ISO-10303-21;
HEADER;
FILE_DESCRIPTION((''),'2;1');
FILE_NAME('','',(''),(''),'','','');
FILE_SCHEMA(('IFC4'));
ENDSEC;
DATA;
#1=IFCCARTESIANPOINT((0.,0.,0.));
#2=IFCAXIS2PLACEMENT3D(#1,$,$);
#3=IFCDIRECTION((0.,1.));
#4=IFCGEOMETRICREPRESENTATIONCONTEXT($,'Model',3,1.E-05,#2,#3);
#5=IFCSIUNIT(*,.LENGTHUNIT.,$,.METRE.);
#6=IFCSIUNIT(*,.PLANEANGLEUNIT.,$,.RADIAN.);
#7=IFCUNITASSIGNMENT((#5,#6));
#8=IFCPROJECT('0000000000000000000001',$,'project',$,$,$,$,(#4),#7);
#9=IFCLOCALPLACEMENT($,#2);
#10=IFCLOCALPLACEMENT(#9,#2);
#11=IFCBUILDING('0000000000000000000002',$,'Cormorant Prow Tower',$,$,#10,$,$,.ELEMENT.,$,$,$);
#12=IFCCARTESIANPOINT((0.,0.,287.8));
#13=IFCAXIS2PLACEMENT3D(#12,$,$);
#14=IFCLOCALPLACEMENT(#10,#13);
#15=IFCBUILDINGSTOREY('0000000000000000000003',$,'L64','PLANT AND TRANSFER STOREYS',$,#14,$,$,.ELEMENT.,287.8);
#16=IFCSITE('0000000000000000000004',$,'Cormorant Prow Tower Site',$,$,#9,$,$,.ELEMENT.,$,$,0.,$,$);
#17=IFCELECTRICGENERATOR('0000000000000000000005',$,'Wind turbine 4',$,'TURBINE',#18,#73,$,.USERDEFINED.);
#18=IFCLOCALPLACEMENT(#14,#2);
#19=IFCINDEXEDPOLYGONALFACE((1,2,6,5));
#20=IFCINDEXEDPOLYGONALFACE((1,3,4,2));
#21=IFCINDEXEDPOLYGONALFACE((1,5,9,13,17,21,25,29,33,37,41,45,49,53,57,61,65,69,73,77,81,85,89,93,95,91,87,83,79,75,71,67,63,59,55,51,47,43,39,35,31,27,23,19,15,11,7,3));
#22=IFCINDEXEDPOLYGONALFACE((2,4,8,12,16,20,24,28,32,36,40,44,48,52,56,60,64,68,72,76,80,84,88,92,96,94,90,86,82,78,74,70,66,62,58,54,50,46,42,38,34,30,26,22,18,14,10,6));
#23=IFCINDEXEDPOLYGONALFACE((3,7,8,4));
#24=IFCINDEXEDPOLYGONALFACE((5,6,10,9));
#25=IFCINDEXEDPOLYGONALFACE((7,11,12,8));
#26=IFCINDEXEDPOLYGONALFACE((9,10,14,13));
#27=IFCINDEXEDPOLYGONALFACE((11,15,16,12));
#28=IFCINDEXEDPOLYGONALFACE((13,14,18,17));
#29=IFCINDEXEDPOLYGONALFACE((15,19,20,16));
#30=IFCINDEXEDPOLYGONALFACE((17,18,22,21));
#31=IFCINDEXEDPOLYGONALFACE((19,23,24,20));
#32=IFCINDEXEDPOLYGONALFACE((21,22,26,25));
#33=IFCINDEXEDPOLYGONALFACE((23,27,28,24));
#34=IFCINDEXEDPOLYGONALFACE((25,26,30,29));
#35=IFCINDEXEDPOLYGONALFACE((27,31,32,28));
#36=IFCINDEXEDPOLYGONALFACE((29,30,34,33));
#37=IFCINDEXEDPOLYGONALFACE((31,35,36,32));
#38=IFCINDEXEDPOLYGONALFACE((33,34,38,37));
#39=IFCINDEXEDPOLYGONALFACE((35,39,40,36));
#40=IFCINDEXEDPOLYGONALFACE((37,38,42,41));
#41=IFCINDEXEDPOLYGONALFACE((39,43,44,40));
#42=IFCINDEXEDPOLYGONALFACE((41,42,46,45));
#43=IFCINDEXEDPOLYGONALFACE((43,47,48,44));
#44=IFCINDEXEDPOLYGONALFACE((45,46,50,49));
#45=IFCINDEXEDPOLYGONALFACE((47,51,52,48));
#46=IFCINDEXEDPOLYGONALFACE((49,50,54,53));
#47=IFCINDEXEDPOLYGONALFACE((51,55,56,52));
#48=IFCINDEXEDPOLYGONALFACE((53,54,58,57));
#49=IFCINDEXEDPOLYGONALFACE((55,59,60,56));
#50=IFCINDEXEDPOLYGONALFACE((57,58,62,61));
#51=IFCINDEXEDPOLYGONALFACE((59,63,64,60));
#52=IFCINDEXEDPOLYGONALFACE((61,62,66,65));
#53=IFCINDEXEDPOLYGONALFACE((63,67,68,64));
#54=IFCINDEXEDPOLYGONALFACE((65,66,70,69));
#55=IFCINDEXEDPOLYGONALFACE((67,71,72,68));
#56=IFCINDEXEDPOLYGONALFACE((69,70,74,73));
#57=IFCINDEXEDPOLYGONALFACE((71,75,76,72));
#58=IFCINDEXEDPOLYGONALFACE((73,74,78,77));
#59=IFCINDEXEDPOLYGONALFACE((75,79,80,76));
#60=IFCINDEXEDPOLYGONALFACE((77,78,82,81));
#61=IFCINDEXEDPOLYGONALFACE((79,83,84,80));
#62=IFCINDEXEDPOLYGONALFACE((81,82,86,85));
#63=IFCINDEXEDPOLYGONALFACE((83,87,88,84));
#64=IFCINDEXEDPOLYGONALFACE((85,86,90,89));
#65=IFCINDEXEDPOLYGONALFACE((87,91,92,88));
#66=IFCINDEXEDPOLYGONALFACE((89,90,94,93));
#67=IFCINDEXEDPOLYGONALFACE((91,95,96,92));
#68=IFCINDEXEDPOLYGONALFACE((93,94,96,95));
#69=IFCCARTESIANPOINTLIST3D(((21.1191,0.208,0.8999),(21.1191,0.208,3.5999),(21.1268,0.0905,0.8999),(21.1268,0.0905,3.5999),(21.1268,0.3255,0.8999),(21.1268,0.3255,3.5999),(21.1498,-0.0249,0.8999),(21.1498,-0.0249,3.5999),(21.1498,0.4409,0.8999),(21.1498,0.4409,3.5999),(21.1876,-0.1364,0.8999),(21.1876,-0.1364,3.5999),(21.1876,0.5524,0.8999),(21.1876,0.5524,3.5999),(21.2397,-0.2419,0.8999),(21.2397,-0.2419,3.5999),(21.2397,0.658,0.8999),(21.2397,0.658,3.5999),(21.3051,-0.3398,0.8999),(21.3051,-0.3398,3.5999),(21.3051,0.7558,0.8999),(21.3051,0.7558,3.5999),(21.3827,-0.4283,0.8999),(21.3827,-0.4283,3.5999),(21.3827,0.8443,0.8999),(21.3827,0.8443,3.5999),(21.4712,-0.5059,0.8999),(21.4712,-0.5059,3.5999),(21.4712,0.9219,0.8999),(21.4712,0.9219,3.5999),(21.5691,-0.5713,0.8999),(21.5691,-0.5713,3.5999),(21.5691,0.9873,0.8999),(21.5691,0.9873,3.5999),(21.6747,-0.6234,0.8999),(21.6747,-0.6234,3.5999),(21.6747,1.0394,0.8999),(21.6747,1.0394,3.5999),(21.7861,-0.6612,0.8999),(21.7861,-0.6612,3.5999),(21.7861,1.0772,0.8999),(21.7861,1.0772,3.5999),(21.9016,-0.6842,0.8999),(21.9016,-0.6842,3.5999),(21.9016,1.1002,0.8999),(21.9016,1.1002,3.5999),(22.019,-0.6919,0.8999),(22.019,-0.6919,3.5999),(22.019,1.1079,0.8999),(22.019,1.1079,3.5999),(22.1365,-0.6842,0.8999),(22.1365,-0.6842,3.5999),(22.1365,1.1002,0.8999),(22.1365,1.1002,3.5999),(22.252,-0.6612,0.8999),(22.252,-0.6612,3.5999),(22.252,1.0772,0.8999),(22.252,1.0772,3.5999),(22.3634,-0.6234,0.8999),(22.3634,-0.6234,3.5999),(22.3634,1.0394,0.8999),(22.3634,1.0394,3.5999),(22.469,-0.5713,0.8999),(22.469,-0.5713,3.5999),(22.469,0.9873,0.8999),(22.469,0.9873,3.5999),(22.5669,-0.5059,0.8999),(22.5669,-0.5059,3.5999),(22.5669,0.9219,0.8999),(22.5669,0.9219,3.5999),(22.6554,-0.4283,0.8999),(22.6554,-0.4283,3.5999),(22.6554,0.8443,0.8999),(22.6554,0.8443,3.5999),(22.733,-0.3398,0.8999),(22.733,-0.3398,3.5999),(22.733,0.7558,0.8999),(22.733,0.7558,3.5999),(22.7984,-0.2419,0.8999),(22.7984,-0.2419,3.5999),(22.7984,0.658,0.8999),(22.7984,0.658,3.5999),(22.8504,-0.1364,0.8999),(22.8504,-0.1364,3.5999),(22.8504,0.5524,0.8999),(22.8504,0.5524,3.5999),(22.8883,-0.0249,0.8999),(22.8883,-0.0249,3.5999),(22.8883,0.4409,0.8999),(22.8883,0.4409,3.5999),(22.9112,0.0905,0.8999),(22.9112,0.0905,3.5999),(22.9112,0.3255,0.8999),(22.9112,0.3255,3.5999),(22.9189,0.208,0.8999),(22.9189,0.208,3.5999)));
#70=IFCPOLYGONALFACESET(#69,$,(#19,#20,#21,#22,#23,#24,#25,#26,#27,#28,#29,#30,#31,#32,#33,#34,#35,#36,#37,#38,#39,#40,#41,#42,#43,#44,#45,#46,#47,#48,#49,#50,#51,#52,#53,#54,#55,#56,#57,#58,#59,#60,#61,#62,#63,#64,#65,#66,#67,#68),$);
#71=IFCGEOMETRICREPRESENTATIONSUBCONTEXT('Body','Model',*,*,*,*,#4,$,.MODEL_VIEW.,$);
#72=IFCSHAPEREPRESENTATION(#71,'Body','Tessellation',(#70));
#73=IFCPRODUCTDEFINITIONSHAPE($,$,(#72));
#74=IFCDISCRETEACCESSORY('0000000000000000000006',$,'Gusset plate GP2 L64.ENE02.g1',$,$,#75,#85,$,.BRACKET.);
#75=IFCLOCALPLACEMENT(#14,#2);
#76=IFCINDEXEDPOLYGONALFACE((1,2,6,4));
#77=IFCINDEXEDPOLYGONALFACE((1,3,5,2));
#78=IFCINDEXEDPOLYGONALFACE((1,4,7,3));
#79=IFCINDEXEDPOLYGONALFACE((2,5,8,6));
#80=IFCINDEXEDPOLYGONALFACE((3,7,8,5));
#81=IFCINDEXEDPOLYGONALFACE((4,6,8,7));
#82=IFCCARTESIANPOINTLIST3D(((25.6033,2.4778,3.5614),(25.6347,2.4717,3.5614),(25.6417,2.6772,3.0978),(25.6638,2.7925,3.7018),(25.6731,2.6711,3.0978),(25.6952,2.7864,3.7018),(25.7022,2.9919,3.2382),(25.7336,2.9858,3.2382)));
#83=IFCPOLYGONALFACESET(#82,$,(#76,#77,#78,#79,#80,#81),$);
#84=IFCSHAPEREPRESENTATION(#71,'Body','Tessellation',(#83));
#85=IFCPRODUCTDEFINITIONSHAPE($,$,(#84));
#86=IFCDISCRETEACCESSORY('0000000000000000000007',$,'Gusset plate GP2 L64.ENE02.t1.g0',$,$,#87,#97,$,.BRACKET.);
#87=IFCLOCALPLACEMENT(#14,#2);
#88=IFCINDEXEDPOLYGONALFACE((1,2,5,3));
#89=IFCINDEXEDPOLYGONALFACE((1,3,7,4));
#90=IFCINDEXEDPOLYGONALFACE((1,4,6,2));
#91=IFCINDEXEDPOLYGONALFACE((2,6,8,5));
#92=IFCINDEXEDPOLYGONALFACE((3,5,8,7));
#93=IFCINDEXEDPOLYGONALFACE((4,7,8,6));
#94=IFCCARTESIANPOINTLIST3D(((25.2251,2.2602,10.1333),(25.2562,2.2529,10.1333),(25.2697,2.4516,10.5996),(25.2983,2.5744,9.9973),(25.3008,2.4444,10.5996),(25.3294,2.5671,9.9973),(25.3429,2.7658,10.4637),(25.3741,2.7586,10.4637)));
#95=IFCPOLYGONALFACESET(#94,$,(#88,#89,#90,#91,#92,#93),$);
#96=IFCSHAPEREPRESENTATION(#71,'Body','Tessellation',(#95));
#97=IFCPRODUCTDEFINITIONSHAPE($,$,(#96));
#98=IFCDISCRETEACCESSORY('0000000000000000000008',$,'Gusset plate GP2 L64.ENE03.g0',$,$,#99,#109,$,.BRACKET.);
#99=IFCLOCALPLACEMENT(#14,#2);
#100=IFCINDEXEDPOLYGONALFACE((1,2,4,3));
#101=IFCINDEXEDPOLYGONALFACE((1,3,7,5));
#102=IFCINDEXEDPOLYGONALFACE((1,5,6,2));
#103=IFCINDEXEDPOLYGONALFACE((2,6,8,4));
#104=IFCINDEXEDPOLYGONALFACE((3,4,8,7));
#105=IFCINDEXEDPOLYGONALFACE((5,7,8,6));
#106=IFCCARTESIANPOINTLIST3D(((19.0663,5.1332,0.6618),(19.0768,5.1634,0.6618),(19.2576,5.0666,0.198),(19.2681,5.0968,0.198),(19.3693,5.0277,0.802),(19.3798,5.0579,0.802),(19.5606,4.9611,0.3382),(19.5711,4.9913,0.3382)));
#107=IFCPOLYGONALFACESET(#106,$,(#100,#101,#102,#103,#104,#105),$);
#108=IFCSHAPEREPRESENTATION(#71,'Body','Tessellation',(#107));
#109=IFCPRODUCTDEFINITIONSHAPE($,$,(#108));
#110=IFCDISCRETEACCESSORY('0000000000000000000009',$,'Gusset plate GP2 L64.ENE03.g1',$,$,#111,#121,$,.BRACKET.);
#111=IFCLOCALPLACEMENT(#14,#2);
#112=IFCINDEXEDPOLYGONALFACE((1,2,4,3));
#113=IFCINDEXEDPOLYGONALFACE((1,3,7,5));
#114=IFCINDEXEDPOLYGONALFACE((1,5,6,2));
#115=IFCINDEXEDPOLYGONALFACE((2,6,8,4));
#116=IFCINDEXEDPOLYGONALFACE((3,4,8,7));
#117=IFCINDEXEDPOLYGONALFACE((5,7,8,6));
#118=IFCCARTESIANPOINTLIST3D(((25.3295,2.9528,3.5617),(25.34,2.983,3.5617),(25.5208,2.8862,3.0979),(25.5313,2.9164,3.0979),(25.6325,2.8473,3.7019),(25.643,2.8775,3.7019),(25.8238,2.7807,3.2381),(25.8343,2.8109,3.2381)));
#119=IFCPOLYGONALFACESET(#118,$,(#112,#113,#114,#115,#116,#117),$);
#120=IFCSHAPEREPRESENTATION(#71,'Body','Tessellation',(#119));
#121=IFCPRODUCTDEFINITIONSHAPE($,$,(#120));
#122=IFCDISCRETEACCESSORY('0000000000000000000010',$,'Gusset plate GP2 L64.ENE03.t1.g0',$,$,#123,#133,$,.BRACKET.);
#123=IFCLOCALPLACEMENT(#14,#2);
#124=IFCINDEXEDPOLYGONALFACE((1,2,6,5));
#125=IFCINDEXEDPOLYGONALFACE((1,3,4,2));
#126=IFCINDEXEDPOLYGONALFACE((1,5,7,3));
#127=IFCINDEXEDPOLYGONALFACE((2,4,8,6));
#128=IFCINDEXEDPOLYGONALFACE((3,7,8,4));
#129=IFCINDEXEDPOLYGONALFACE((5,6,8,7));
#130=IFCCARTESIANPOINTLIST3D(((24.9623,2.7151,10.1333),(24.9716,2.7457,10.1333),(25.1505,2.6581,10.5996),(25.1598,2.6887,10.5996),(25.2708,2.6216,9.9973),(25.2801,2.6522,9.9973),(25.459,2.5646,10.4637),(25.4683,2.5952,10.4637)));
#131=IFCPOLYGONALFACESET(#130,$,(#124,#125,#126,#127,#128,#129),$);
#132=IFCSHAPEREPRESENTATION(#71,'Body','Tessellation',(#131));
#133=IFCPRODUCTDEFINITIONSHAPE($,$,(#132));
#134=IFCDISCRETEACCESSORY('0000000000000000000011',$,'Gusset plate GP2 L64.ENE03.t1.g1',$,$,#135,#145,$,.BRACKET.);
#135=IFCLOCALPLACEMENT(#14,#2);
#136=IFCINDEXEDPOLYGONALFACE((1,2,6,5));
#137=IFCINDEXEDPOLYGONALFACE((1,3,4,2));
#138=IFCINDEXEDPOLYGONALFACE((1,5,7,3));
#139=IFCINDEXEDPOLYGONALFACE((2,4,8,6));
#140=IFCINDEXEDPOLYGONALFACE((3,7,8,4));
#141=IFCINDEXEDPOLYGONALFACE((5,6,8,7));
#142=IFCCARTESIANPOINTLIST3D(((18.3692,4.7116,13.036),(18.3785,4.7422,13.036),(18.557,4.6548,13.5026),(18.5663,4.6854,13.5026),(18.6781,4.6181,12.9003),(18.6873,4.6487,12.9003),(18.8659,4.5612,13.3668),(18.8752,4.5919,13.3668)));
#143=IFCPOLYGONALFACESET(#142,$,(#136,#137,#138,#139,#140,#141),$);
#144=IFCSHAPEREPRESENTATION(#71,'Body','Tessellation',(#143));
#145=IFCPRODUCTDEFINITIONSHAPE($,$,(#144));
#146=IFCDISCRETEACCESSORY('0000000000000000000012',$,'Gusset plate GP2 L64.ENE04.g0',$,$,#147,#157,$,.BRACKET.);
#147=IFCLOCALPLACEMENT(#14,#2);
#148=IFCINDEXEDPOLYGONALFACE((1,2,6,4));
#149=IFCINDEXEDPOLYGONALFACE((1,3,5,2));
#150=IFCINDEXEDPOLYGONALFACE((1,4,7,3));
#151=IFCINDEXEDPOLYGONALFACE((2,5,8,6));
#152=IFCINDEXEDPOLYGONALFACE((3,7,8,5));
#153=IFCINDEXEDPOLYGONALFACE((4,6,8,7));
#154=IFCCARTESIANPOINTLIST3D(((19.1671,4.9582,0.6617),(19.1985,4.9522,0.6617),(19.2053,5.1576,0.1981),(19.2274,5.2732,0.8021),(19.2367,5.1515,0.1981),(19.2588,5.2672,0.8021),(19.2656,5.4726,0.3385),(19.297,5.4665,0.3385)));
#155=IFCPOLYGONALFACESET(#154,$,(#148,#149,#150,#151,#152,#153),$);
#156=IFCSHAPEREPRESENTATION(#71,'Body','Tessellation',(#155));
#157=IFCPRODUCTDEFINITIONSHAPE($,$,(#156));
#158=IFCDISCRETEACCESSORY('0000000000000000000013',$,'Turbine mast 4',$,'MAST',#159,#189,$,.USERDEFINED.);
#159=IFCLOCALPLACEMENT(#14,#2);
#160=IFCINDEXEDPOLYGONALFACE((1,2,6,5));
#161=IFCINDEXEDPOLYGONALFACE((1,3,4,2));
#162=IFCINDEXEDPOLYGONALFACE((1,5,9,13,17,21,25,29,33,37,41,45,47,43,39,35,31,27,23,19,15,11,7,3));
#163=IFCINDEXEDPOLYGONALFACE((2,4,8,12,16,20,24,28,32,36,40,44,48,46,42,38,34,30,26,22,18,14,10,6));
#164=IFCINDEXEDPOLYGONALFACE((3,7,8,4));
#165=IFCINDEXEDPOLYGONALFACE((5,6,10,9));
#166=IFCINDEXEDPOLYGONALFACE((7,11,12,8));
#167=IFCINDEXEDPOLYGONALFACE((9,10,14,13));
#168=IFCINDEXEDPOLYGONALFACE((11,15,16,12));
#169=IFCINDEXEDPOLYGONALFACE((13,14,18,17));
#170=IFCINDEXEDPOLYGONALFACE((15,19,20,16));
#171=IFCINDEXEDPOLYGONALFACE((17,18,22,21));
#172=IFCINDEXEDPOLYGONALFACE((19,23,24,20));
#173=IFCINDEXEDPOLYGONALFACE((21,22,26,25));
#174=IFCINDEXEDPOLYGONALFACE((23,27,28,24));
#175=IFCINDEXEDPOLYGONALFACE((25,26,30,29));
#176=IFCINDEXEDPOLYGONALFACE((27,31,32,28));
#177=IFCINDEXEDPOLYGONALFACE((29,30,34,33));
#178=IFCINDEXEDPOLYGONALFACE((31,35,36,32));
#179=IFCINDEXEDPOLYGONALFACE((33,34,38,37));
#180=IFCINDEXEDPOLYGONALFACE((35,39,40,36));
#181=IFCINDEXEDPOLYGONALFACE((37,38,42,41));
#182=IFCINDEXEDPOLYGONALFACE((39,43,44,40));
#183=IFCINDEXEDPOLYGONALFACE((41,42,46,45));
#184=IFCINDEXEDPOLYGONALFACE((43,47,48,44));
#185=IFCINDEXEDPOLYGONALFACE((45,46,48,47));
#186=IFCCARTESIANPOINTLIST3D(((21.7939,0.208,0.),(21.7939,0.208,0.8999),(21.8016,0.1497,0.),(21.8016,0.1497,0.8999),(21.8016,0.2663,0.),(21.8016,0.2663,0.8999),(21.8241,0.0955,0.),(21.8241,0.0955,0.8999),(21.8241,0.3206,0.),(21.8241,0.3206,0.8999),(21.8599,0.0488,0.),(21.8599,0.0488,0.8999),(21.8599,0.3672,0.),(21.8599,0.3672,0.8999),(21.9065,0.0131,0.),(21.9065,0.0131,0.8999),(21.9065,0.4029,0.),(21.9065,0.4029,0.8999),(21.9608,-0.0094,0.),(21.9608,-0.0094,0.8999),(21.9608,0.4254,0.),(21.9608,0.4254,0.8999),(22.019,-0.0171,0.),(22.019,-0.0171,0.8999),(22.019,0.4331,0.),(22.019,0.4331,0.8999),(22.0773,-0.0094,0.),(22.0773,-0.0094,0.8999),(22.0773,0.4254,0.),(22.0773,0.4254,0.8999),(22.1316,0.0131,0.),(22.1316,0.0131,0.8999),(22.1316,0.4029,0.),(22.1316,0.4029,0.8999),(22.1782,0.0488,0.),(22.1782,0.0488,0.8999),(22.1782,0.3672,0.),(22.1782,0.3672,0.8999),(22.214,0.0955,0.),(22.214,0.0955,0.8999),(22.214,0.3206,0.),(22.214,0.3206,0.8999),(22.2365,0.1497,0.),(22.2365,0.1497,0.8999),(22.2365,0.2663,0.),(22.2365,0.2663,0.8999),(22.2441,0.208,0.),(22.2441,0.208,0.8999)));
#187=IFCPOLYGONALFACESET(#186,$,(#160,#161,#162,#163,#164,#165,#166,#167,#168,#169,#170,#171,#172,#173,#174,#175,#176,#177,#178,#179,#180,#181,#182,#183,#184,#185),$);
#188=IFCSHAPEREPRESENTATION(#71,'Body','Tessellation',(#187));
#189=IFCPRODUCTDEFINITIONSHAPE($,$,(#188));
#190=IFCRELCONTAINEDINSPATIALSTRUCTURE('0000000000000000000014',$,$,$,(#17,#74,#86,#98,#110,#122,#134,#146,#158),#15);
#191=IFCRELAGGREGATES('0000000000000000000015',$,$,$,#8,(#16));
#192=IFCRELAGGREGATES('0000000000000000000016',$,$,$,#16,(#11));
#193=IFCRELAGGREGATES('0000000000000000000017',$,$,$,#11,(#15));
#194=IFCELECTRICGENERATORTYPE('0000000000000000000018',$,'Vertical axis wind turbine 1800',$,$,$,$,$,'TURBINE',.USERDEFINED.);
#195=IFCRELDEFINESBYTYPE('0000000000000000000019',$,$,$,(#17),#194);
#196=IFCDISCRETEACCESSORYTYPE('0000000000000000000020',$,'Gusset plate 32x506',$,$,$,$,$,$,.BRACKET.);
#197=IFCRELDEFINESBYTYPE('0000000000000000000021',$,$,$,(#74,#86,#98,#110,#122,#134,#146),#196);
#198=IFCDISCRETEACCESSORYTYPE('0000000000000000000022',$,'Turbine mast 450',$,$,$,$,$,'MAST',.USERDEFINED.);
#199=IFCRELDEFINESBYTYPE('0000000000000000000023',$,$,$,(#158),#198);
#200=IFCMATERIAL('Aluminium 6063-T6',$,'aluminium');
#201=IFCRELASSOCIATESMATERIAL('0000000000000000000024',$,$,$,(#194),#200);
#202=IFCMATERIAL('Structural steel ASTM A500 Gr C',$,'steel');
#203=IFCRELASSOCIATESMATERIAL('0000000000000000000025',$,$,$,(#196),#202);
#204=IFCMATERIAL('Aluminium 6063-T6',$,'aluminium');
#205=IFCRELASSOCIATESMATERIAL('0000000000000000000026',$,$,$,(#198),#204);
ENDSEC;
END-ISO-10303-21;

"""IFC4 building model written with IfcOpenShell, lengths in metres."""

from ifc_helpers import new_model, si_unit, direction, frame, origin, origin_2d, place, context, subcontext, project, spatial, rectangle, circle, extrude, material, material_profile, profile_set, type_object, element, save


model = new_model("IFC4")

# Units and contexts
model_context = context("Model", 3, precision=1e-05, world=origin(), true_north=direction((0.0, 1.0)))
body_context = subcontext(model_context, "Body", "Model", "MODEL_VIEW")
ifc_project = project(units=[si_unit("LENGTHUNIT", "METRE"), si_unit("PLANEANGLEUNIT", "RADIAN")], contexts=[model_context])

# Site, building, storey
site_placement = place(None, origin())
site = spatial("IfcSite", under=ifc_project, at=site_placement, Name="Cormorant Prow Tower Site", CompositionType="ELEMENT", RefElevation=0.0)
building_placement = place(site_placement, origin())
building = spatial("IfcBuilding", under=site, at=building_placement, Name="Cormorant Prow Tower", CompositionType="ELEMENT")
storey_placement = place(building_placement, frame((0.0, 0.0, 287.8)))
storey = spatial("IfcBuildingStorey", under=building, at=storey_placement, Name="L64", Description="PLANT AND TRANSFER STOREYS", CompositionType="ELEMENT", Elevation=287.8)

# Electric generator
ifc_material_1 = material(Name="Aluminium 6063-T6", Category="aluminium")
ifc_material_profile_1 = material_profile(ifc_material_1, circle(Radius=0.8999, at=origin_2d()), Name="Vertical axis wind turbine 1800")
ifc_profile_set_1 = profile_set([ifc_material_profile_1], Name="Aluminium 6063-T6")
electric_generator_type = type_object("IfcElectricGeneratorType", Name="Vertical axis wind turbine 1800", ElementType="TURBINE", PredefinedType="USERDEFINED", material=ifc_profile_set_1)
electric_generator_placement = place(storey_placement, frame((22.019, 0.208, 0.8999), z_axis=(0.0, 0.0, 1.0), x_axis=(1.0, 0.0, 0.0)))
element("IfcElectricGenerator", 1, at=electric_generator_placement, inside=storey, type_object=electric_generator_type, Name="Wind turbine 4", ObjectType="TURBINE", PredefinedType="USERDEFINED", context=body_context, shape_type="SweptSolid", body=[
    extrude(circle(Radius=0.8999, at=origin_2d()), origin(), (0.0, 0.0, 1.0), 2.7),
])

# Discrete accessories
ifc_material_2 = material(Name="Structural steel ASTM A500 Gr C", Category="steel")
ifc_material_profile_2 = material_profile(ifc_material_2, rectangle(XDim=0.032, YDim=0.5061, at=origin_2d()), Name="Gusset plate 32x506")
ifc_profile_set_2 = profile_set([ifc_material_profile_2], Name="Structural steel ASTM A500 Gr C")
discrete_accessory_type_1 = type_object("IfcDiscreteAccessoryType", Name="Gusset plate 32x506", PredefinedType="BRACKET", material=ifc_profile_set_2)
discrete_accessory_1_placement = place(storey_placement, frame((25.6382, 2.5745, 3.3296), z_axis=(0.173057, 0.899476, 0.40124), x_axis=(-0.98199, 0.188932, 0.0)))
element("IfcDiscreteAccessory", 2, at=discrete_accessory_1_placement, inside=storey, type_object=discrete_accessory_type_1, Name="Gusset plate GP2 L64.ENE02.g1", PredefinedType="BRACKET", context=body_context, shape_type="SweptSolid", body=[
    extrude(rectangle(XDim=0.032, YDim=0.5061, at=origin_2d()), origin(), (0.0, 0.0, 1.0), 0.3499),
])
for number, where, z_axis, x_axis, name in (
    (3, (25.2629, 2.3523, 10.3665), (0.209192, 0.897432, -0.388399), (-0.973891, 0.227014, 0.0), "Gusset plate GP2 L64.ENE02.t1.g0"),
    (4, (19.4702, 5.0095, 0.5701), (-0.865448, 0.301268, -0.400296), (-0.328757, -0.944415, 0.0), "Gusset plate GP2 L64.ENE03.g0"),
    (5, (25.4304, 2.9346, 3.3298), (0.865448, -0.301268, 0.400296), (0.328757, 0.944415, 0.0), "Gusset plate GP2 L64.ENE03.g1"),
):
    element("IfcDiscreteAccessory", number, at=place(storey_placement, frame(where, z_axis=z_axis, x_axis=x_axis)), inside=storey, type_object=discrete_accessory_type_1, Name=name, PredefinedType="BRACKET", context=body_context, shape_type="SweptSolid", body=[
        extrude(rectangle(XDim=0.032, YDim=0.5061, at=origin_2d()), origin(), (0.0, 0.0, 1.0), 0.3501),
    ])
discrete_accessory_2_placement = place(storey_placement, frame((25.061, 2.7019, 10.3665), z_axis=(0.88182, -0.267197, -0.388587), x_axis=(0.289986, 0.957031, 0.0)))
element("IfcDiscreteAccessory", 6, at=discrete_accessory_2_placement, inside=storey, type_object=discrete_accessory_type_1, Name="Gusset plate GP2 L64.ENE03.t1.g0", PredefinedType="BRACKET", context=body_context, shape_type="SweptSolid", body=[
    extrude(rectangle(XDim=0.032, YDim=0.5061, at=origin_2d()), origin(), (0.0, 0.0, 1.0), 0.3499),
])
for number, where, z_axis, x_axis, name in (
    (7, (18.7766, 4.605, 13.1335), (-0.882213, 0.267105, 0.387755), (-0.289776, -0.957094, 0.0), "Gusset plate GP2 L64.ENE03.t1.g1"),
    (8, (19.2622, 5.3699, 0.5703), (-0.172272, -0.899718, -0.401037), (0.982158, -0.188057, 0.0), "Gusset plate GP2 L64.ENE04.g0"),
):
    element("IfcDiscreteAccessory", number, at=place(storey_placement, frame(where, z_axis=z_axis, x_axis=x_axis)), inside=storey, type_object=discrete_accessory_type_1, Name=name, PredefinedType="BRACKET", context=body_context, shape_type="SweptSolid", body=[
        extrude(rectangle(XDim=0.032, YDim=0.5061, at=origin_2d()), origin(), (0.0, 0.0, 1.0), 0.3501),
    ])
ifc_material_3 = material(Name="Aluminium 6063-T6", Category="aluminium")
ifc_material_profile_3 = material_profile(ifc_material_3, circle(Radius=0.2251, at=origin_2d()), Name="Turbine mast 450")
ifc_profile_set_3 = profile_set([ifc_material_profile_3], Name="Aluminium 6063-T6")
discrete_accessory_type_2 = type_object("IfcDiscreteAccessoryType", Name="Turbine mast 450", ElementType="MAST", PredefinedType="USERDEFINED", material=ifc_profile_set_3)
discrete_accessory_3_placement = place(storey_placement, frame((22.019, 0.208, 0.0), z_axis=(0.0, 0.0, 1.0), x_axis=(1.0, 0.0, 0.0)))
element("IfcDiscreteAccessory", 9, at=discrete_accessory_3_placement, inside=storey, type_object=discrete_accessory_type_2, Name="Turbine mast 4", ObjectType="MAST", PredefinedType="USERDEFINED", context=body_context, shape_type="SweptSolid", body=[
    extrude(circle(Radius=0.2251, at=origin_2d()), origin(), (0.0, 0.0, 1.0), 0.8999),
])

save(model, "model.ifc")
